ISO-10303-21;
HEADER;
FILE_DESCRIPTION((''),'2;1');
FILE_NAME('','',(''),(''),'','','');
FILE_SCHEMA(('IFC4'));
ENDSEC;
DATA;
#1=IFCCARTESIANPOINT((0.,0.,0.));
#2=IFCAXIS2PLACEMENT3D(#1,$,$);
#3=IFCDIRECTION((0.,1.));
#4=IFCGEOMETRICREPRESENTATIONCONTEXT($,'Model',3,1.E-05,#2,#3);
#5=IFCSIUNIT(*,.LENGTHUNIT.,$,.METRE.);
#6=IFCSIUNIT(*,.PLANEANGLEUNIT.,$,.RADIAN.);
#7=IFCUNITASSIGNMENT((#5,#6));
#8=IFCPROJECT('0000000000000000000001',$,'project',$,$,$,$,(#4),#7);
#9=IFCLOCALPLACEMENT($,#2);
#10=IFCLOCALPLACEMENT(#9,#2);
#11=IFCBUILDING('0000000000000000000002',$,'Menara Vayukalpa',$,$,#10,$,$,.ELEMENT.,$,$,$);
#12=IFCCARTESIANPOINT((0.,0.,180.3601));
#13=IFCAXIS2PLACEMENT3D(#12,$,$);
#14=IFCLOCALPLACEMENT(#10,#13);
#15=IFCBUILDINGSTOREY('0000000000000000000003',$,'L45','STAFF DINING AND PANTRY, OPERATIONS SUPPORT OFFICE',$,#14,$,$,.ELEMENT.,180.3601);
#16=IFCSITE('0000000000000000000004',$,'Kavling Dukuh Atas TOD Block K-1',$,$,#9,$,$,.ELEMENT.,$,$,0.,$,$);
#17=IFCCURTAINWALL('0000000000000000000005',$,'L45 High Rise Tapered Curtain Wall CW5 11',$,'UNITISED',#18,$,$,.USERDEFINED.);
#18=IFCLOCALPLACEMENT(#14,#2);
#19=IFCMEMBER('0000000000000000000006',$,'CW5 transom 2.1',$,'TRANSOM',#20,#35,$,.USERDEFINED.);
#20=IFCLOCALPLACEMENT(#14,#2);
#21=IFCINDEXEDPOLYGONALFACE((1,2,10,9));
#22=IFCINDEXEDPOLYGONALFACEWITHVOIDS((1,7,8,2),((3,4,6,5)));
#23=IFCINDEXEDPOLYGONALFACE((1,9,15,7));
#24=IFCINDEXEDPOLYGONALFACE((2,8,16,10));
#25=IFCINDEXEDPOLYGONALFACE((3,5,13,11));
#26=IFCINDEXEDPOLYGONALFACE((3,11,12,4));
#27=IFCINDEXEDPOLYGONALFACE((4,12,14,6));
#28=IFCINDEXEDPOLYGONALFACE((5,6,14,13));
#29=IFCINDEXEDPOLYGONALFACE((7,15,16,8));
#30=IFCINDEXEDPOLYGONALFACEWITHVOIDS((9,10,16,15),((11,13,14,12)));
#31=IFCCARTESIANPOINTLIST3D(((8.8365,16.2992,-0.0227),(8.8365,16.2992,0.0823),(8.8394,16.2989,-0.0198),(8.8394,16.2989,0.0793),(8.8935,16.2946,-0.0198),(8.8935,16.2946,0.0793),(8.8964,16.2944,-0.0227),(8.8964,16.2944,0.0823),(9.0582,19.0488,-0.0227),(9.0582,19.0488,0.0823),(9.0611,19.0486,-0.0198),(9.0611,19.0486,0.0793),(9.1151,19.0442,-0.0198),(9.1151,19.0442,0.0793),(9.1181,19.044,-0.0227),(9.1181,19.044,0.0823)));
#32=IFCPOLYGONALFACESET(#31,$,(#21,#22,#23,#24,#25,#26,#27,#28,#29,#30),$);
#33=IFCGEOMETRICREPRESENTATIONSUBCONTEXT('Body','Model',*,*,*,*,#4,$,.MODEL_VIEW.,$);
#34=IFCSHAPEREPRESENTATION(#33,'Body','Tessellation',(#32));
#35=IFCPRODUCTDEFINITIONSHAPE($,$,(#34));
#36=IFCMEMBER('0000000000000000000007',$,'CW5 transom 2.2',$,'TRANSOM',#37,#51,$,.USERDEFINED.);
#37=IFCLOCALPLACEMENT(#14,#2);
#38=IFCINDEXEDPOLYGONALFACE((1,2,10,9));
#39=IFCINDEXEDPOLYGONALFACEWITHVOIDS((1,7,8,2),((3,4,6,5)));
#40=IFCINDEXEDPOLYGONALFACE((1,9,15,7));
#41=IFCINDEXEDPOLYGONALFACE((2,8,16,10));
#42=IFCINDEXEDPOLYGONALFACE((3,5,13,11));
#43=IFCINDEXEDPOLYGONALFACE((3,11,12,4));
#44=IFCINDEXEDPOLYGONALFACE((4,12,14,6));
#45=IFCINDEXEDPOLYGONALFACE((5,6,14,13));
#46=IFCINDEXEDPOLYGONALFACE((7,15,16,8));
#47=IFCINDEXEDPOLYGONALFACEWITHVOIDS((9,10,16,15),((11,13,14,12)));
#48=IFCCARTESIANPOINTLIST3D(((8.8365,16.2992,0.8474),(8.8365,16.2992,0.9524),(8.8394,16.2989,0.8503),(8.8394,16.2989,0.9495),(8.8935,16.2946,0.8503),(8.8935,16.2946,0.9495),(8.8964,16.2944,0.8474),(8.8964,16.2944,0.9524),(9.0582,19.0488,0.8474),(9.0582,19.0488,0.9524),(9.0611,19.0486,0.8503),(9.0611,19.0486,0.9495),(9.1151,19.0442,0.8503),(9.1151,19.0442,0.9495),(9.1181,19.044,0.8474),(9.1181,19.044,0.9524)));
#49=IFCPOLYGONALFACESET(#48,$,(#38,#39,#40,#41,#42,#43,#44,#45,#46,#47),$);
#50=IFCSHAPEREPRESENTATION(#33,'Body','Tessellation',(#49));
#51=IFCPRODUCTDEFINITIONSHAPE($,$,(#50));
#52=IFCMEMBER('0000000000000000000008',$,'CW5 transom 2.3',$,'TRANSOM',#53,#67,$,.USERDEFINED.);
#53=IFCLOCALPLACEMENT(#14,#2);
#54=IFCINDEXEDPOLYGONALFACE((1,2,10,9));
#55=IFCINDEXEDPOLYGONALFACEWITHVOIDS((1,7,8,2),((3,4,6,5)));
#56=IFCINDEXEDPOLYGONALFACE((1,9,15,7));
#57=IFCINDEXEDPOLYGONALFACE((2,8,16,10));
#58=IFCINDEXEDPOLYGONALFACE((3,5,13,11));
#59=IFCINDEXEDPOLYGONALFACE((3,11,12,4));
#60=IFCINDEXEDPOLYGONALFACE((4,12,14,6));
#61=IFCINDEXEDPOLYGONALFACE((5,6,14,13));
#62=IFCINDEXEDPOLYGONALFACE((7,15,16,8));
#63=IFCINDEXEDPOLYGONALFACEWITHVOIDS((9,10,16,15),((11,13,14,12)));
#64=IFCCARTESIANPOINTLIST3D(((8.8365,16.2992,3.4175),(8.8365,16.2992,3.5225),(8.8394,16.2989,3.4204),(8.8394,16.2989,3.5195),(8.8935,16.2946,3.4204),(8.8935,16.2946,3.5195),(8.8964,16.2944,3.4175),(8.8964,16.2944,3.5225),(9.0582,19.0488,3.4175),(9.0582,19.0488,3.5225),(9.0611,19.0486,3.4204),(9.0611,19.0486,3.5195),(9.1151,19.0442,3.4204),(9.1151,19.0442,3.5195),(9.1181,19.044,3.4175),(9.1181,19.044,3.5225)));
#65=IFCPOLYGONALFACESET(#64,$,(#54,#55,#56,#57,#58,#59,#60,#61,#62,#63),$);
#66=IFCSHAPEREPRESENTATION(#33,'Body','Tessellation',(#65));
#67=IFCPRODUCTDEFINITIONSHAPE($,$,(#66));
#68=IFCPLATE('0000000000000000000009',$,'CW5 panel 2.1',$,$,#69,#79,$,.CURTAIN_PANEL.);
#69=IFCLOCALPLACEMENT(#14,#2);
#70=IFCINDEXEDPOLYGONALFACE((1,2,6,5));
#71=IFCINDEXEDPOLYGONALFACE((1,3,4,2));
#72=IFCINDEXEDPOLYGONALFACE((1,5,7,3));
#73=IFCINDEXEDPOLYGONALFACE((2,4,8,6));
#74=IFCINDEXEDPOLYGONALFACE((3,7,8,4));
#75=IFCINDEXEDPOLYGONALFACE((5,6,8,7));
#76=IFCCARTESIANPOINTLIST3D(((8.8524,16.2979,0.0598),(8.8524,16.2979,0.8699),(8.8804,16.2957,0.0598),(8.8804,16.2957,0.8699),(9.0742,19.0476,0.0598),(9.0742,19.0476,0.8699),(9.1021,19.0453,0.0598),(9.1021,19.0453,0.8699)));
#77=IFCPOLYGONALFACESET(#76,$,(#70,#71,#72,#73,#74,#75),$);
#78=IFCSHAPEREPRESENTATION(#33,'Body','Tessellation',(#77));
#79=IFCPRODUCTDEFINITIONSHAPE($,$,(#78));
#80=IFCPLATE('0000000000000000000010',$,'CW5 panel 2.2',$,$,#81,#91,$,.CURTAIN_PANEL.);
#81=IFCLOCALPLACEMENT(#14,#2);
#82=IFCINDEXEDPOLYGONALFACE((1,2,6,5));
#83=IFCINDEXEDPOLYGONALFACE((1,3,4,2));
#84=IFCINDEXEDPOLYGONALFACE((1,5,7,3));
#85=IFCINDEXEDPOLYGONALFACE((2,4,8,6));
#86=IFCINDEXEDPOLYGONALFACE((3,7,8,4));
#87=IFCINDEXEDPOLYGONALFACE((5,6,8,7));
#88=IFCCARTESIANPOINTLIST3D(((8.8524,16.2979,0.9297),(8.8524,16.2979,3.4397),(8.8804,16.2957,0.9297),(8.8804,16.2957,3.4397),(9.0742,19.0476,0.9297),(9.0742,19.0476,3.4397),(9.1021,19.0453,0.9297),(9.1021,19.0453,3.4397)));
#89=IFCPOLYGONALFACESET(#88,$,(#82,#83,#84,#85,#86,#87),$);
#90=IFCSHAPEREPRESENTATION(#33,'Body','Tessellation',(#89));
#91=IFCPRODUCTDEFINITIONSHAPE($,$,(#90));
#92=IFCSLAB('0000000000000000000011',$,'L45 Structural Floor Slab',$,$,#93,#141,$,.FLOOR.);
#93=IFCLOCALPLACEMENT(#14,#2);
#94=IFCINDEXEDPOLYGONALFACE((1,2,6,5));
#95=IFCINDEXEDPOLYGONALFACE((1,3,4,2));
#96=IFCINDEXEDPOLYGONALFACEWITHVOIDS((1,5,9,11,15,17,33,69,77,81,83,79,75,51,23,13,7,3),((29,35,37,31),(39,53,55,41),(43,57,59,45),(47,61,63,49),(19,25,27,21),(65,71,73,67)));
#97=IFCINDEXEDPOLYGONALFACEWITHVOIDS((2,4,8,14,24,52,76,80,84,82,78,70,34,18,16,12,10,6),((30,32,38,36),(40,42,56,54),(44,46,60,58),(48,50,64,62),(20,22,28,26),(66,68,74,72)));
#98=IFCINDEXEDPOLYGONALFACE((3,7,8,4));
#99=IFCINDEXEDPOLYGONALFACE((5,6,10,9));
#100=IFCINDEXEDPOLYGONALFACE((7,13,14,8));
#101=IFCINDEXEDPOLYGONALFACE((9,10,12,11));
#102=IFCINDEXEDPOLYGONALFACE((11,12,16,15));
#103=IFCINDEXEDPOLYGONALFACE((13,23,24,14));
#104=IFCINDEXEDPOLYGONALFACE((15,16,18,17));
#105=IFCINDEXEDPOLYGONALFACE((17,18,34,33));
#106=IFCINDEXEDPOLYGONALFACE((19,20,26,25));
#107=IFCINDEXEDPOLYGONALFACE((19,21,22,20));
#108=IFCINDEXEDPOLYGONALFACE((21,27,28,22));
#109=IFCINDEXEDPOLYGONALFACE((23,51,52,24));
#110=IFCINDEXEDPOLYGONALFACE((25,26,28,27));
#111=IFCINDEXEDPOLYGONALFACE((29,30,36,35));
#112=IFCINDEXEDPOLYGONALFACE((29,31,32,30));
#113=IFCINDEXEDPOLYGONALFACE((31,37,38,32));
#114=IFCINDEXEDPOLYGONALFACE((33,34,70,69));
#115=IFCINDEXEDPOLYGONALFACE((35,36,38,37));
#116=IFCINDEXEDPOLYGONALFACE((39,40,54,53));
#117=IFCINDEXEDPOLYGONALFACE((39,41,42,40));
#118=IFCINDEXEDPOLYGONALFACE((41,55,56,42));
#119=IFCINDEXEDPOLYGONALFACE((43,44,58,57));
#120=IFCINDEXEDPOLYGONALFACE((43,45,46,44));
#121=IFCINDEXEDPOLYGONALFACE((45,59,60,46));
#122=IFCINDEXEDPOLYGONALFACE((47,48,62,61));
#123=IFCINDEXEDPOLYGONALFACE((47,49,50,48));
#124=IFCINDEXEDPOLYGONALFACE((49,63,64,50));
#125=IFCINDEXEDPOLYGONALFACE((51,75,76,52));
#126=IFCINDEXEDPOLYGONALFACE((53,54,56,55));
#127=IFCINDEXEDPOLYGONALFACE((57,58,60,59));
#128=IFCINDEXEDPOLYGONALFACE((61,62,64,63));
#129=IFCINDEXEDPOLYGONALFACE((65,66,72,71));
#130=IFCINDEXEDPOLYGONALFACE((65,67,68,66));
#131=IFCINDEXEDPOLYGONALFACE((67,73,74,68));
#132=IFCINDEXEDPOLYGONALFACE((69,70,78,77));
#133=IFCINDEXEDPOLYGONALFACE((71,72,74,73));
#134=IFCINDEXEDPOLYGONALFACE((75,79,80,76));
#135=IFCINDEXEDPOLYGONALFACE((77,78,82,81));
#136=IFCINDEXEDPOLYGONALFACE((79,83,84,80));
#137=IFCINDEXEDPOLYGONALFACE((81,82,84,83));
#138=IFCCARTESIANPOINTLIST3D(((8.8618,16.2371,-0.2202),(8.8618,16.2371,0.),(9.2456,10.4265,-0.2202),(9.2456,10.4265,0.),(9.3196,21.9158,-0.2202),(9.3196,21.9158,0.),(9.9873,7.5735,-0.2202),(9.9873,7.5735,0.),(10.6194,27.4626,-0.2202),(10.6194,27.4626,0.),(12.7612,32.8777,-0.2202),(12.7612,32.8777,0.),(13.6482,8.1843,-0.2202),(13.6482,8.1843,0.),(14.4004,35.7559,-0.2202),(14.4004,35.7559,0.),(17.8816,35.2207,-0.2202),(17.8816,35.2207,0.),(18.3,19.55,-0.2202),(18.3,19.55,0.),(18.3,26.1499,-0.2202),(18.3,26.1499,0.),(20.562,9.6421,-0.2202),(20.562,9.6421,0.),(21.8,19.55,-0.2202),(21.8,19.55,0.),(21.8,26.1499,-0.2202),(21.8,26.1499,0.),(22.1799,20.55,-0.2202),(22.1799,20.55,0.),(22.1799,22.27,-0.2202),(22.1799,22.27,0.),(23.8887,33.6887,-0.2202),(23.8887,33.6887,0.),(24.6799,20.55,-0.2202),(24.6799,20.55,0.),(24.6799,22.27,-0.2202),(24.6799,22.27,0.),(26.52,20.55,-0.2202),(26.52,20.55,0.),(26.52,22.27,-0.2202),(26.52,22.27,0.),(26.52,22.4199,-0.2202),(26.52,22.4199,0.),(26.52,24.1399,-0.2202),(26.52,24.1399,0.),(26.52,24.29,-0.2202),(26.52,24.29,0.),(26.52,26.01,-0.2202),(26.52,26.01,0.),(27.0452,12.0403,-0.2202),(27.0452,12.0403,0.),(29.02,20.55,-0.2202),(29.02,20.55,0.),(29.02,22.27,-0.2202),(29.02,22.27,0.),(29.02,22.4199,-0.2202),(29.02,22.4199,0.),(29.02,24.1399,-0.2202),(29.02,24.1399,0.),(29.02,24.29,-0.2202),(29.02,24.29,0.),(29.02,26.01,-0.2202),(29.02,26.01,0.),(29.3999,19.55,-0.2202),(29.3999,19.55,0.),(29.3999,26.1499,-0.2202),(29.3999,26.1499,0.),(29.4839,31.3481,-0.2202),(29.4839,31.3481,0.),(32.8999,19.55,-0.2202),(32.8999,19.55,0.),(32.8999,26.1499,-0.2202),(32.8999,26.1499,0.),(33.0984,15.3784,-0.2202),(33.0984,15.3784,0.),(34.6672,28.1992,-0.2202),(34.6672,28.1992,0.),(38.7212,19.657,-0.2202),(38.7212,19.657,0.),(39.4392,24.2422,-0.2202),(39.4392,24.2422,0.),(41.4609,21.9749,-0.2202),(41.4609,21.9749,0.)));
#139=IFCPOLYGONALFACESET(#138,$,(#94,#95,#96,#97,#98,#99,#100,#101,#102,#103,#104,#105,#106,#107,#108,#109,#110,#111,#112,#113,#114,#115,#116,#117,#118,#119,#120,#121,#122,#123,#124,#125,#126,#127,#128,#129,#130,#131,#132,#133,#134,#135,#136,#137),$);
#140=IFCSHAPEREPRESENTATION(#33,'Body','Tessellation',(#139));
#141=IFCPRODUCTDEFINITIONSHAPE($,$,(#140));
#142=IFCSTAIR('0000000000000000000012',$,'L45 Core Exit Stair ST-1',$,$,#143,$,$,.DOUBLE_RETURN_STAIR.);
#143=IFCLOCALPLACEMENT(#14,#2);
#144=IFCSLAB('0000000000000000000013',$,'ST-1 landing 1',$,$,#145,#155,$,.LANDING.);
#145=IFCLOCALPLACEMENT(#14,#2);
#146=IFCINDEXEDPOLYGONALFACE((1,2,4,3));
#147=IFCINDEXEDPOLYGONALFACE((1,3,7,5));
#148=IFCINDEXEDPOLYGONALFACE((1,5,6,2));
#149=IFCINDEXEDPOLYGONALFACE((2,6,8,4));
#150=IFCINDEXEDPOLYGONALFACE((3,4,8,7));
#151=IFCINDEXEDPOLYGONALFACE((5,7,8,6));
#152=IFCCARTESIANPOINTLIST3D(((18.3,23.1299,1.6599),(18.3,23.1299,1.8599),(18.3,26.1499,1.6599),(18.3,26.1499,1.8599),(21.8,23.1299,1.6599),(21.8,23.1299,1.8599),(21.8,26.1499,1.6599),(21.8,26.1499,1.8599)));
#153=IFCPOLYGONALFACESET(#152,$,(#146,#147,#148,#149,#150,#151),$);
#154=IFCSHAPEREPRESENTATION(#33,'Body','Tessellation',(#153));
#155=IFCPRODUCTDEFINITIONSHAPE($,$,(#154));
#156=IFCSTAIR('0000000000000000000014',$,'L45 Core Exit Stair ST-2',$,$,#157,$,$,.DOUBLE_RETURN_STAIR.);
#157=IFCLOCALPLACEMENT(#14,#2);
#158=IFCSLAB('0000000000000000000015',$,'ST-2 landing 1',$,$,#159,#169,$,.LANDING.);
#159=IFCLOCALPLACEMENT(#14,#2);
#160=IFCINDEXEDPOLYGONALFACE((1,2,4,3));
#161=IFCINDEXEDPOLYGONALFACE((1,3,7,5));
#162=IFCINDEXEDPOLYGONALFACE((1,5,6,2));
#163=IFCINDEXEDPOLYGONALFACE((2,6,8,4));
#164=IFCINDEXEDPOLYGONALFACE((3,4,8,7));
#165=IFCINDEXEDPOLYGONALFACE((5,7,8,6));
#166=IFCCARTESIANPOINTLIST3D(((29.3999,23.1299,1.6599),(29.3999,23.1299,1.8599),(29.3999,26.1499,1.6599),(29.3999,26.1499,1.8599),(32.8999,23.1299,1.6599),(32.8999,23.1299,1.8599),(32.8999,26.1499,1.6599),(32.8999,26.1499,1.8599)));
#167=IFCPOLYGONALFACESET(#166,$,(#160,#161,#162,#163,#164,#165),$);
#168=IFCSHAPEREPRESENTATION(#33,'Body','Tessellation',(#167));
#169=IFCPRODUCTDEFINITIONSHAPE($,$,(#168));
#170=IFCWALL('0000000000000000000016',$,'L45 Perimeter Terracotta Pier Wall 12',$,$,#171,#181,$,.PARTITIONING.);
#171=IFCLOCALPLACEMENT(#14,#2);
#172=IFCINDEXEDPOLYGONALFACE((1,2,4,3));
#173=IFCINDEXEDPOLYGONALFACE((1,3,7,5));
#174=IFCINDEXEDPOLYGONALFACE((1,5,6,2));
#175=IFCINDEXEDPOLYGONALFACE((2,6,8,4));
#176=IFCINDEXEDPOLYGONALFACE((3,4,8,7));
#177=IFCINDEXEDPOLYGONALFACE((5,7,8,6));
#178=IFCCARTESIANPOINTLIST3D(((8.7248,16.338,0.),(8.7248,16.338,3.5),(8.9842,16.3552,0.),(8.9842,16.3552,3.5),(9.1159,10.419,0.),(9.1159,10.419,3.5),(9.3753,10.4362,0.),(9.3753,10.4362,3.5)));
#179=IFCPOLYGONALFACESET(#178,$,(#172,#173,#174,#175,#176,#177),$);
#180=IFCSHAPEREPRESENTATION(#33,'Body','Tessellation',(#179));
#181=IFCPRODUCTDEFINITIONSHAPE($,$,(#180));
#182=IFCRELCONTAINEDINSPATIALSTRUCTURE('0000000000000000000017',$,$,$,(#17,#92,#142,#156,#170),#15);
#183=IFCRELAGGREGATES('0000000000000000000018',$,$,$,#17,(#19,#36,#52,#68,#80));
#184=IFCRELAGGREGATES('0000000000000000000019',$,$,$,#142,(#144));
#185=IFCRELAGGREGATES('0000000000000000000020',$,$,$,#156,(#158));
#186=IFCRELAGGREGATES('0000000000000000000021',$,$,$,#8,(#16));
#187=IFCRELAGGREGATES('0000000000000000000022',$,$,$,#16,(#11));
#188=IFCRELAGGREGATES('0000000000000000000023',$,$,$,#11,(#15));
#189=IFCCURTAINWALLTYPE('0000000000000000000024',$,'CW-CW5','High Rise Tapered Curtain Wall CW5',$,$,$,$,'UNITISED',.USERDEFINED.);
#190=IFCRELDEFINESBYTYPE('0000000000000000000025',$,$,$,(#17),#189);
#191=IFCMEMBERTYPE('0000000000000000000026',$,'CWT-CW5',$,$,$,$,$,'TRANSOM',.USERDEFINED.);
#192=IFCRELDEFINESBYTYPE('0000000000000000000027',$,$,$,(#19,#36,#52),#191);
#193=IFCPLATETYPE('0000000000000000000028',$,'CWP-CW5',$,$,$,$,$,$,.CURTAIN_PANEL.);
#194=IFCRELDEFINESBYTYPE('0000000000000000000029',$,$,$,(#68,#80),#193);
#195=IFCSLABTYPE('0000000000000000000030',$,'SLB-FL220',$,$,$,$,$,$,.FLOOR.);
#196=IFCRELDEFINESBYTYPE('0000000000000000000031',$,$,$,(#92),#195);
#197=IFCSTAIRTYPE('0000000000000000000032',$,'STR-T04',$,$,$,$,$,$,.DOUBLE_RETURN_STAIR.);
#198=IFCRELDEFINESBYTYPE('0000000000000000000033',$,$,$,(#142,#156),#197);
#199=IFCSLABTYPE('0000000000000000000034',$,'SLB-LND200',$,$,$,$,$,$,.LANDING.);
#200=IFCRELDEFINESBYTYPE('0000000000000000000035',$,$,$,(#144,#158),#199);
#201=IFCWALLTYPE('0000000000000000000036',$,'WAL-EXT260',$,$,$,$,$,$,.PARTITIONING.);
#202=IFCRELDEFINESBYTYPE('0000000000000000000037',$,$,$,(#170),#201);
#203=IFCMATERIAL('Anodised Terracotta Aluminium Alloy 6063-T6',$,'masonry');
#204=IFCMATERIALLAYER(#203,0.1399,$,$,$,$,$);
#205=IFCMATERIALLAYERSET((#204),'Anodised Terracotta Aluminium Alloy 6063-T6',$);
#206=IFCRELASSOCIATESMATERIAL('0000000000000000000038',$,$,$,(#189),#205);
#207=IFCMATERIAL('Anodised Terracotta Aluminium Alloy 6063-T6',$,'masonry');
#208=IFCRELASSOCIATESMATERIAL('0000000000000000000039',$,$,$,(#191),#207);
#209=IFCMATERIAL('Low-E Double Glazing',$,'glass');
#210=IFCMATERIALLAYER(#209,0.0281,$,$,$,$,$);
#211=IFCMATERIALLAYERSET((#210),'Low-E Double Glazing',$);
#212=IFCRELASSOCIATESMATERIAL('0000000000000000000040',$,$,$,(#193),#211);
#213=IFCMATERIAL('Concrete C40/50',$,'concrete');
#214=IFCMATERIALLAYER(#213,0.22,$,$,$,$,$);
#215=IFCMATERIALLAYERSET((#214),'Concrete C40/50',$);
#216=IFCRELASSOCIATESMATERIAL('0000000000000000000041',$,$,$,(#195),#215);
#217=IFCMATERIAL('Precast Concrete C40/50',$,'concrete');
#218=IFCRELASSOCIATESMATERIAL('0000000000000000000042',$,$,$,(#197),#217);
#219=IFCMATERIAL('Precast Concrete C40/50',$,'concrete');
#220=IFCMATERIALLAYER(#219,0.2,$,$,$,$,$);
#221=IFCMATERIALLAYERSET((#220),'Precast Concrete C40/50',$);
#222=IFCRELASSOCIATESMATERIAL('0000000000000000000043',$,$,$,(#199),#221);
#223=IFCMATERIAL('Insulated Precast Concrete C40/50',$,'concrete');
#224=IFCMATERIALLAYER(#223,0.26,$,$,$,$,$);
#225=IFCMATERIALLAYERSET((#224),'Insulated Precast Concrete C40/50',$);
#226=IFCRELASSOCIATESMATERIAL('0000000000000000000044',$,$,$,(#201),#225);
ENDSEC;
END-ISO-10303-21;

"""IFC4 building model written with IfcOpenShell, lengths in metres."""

from ifc_helpers import new_model, si_unit, direction, frame, frame_2d, origin, origin_2d, place, context, subcontext, project, spatial, polyline, rectangle, hollow_rectangle, outline, extrude, material, layer, layer_set, material_profile, profile_set, type_object, element, aggregate, save


model = new_model("IFC4")

# Units and contexts
model_context = context("Model", 3, precision=1e-05, world=origin(), true_north=direction((0.0, 1.0)))
body_context = subcontext(model_context, "Body", "Model", "MODEL_VIEW")
ifc_project = project(units=[si_unit("LENGTHUNIT", "METRE"), si_unit("PLANEANGLEUNIT", "RADIAN")], contexts=[model_context])

# Site, building, storey
site_placement = place(None, origin())
site = spatial("IfcSite", under=ifc_project, at=site_placement, Name="Kavling Dukuh Atas TOD Block K-1", CompositionType="ELEMENT", RefElevation=0.0)
building_placement = place(site_placement, origin())
building = spatial("IfcBuilding", under=site, at=building_placement, Name="Menara Vayukalpa", CompositionType="ELEMENT")
storey_placement = place(building_placement, frame((0.0, 0.0, 180.3601)))
storey = spatial("IfcBuildingStorey", under=building, at=storey_placement, Name="L45", Description="STAFF DINING AND PANTRY, OPERATIONS SUPPORT OFFICE", CompositionType="ELEMENT", Elevation=180.3601)

# Curtain wall, members, plates
ifc_material_1 = material(Name="Anodised Terracotta Aluminium Alloy 6063-T6", Category="masonry")
ifc_layer_1 = layer(ifc_material_1, 0.1399)
ifc_layer_set_1 = layer_set([ifc_layer_1], Name="Anodised Terracotta Aluminium Alloy 6063-T6")
curtain_wall_type = type_object("IfcCurtainWallType", Name="CW-CW5", Description="High Rise Tapered Curtain Wall CW5", ElementType="UNITISED", PredefinedType="USERDEFINED", material=ifc_layer_set_1)
curtain_wall_placement = place(storey_placement, origin())
curtain_wall = element("IfcCurtainWall", 1, at=curtain_wall_placement, inside=storey, type_object=curtain_wall_type, Name="L45 High Rise Tapered Curtain Wall CW5 11", ObjectType="UNITISED", PredefinedType="USERDEFINED")
ifc_material_2 = material(Name="Anodised Terracotta Aluminium Alloy 6063-T6", Category="masonry")
ifc_material_profile_1 = material_profile(ifc_material_2, hollow_rectangle(XDim=0.0601, YDim=0.105, WallThickness=0.0029, at=origin_2d()), Name="ALU 60x105x3")
ifc_profile_set_1 = profile_set([ifc_material_profile_1], Name="Anodised Terracotta Aluminium Alloy 6063-T6")
member_type_1 = type_object("IfcMemberType", Name="CWT-CW5", ElementType="TRANSOM", PredefinedType="USERDEFINED", material=ifc_profile_set_1)
member_1_placement = place(storey_placement, frame((9.0881, 19.0464, 0.0298), z_axis=(-0.080364, -0.996766, 0.0), x_axis=(0.996766, -0.080364, 0.0)))
member_1 = element("IfcMember", 2, at=member_1_placement, type_object=member_type_1, Name="CW5 transom 2.1", ObjectType="TRANSOM", PredefinedType="USERDEFINED", context=body_context, shape_type="SweptSolid", body=[
    extrude(hollow_rectangle(XDim=0.0601, YDim=0.105, WallThickness=0.0029, at=origin_2d()), origin(), (0.0, 0.0, 1.0), 2.7585),
])
member_2_placement = place(storey_placement, frame((9.0881, 19.0464, 0.8999), z_axis=(-0.080364, -0.996766, 0.0), x_axis=(0.996766, -0.080364, 0.0)))
member_2 = element("IfcMember", 3, at=member_2_placement, type_object=member_type_1, Name="CW5 transom 2.2", ObjectType="TRANSOM", PredefinedType="USERDEFINED", context=body_context, shape_type="SweptSolid", body=[
    extrude(hollow_rectangle(XDim=0.0601, YDim=0.105, WallThickness=0.0029, at=origin_2d()), origin(), (0.0, 0.0, 1.0), 2.7585),
])
member_3_placement = place(storey_placement, frame((9.0881, 19.0464, 3.47), z_axis=(-0.080364, -0.996766, 0.0), x_axis=(0.996766, -0.080364, 0.0)))
member_3 = element("IfcMember", 4, at=member_3_placement, type_object=member_type_1, Name="CW5 transom 2.3", ObjectType="TRANSOM", PredefinedType="USERDEFINED", context=body_context, shape_type="SweptSolid", body=[
    extrude(hollow_rectangle(XDim=0.0601, YDim=0.105, WallThickness=0.0029, at=origin_2d()), origin(), (0.0, 0.0, 1.0), 2.7585),
])
ifc_material_3 = material(Name="Low-E Double Glazing", Category="glass")
ifc_layer_2 = layer(ifc_material_3, 0.0281)
ifc_layer_set_2 = layer_set([ifc_layer_2], Name="Low-E Double Glazing")
plate_type = type_object("IfcPlateType", Name="CWP-CW5", PredefinedType="CURTAIN_PANEL", material=ifc_layer_set_2)
plate_1_placement = place(storey_placement, frame((8.9773, 17.6716, 0.0598), z_axis=(0.0, 0.0, 1.0), x_axis=(-0.080374, -0.996765, 0.0)))
plate_1 = element("IfcPlate", 5, at=plate_1_placement, type_object=plate_type, Name="CW5 panel 2.1", PredefinedType="CURTAIN_PANEL", context=body_context, shape_type="SweptSolid", body=[
    extrude(rectangle(XDim=2.7585, YDim=0.0281, at=origin_2d()), origin(), (0.0, 0.0, 1.0), 0.8101),
])
plate_2_placement = place(storey_placement, frame((8.9773, 17.6716, 0.9297), z_axis=(0.0, 0.0, 1.0), x_axis=(-0.080374, -0.996765, 0.0)))
plate_2 = element("IfcPlate", 6, at=plate_2_placement, type_object=plate_type, Name="CW5 panel 2.2", PredefinedType="CURTAIN_PANEL", context=body_context, shape_type="SweptSolid", body=[
    extrude(rectangle(XDim=2.7585, YDim=0.0281, at=origin_2d()), origin(), (0.0, 0.0, 1.0), 2.51),
])
aggregate(curtain_wall, [member_1, member_2, member_3, plate_1, plate_2])

# Slab
ifc_material_4 = material(Name="Concrete C40/50", Category="concrete")
ifc_layer_3 = layer(ifc_material_4, 0.22)
ifc_layer_set_3 = layer_set([ifc_layer_3], Name="Concrete C40/50")
slab_type_1 = type_object("IfcSlabType", Name="SLB-FL220", PredefinedType="FLOOR", material=ifc_layer_set_3)
slab_1_placement = place(storey_placement, frame((0.0, 0.0, -0.2202)))
element("IfcSlab", 7, at=slab_1_placement, inside=storey, type_object=slab_type_1, Name="L45 Structural Floor Slab", PredefinedType="FLOOR", context=body_context, shape_type="SweptSolid", body=[
    extrude(outline(polyline([(38.7212, 19.657), (41.4609, 21.9749), (39.4392, 24.2422), (34.6672, 28.1992), (29.4839, 31.3481), (23.8887, 33.6887), (17.8816, 35.2207), (14.4004, 35.7559), (12.7612, 32.8777), (10.6194, 27.4626), (9.3196, 21.9158), (8.8618, 16.2371), (9.2456, 10.4265), (9.9873, 7.5735), (13.6482, 8.1843), (20.562, 9.6421), (27.0452, 12.0403), (33.0984, 15.3784), (38.7212, 19.657)]), holes=[polyline([(21.8, 19.55), (21.8, 26.1499), (18.3, 26.1499), (18.3, 19.55), (21.8, 19.55)]), polyline([(32.8999, 19.55), (32.8999, 26.1499), (29.3999, 26.1499), (29.3999, 19.55), (32.8999, 19.55)]), polyline([(22.1799, 20.55), (24.6799, 20.55), (24.6799, 22.27), (22.1799, 22.27), (22.1799, 20.55)]), polyline([(26.52, 20.55), (29.02, 20.55), (29.02, 22.27), (26.52, 22.27), (26.52, 20.55)]), polyline([(26.52, 24.29), (29.02, 24.29), (29.02, 26.01), (26.52, 26.01), (26.52, 24.29)]), polyline([(26.52, 22.4199), (29.02, 22.4199), (29.02, 24.1399), (26.52, 24.1399), (26.52, 22.4199)])]), origin(), (0.0, 0.0, 1.0), 0.2202),
])

# Stairs, slabs
ifc_material_5 = material(Name="Precast Concrete C40/50", Category="concrete")
stair_type = type_object("IfcStairType", Name="STR-T04", PredefinedType="DOUBLE_RETURN_STAIR", material=ifc_material_5)
stair_1_placement = place(storey_placement, origin())
stair_1 = element("IfcStair", 8, at=stair_1_placement, inside=storey, type_object=stair_type, Name="L45 Core Exit Stair ST-1", PredefinedType="DOUBLE_RETURN_STAIR")
ifc_material_6 = material(Name="Precast Concrete C40/50", Category="concrete")
ifc_layer_4 = layer(ifc_material_6, 0.2)
ifc_layer_set_4 = layer_set([ifc_layer_4], Name="Precast Concrete C40/50")
slab_type_2 = type_object("IfcSlabType", Name="SLB-LND200", PredefinedType="LANDING", material=ifc_layer_set_4)
slab_2_placement = place(storey_placement, frame((0.0, 0.0, 1.6599)))
slab_2 = element("IfcSlab", 9, at=slab_2_placement, type_object=slab_type_2, Name="ST-1 landing 1", PredefinedType="LANDING", context=body_context, shape_type="SweptSolid", body=[
    extrude(outline(polyline([(21.8, 23.1299), (21.8, 26.1499), (18.3, 26.1499), (18.3, 23.1299), (21.8, 23.1299)])), origin(), (0.0, 0.0, 1.0), 0.2),
])
aggregate(stair_1, [slab_2])
stair_2_placement = place(storey_placement, origin())
stair_2 = element("IfcStair", 10, at=stair_2_placement, inside=storey, type_object=stair_type, Name="L45 Core Exit Stair ST-2", PredefinedType="DOUBLE_RETURN_STAIR")
slab_3_placement = place(storey_placement, frame((0.0, 0.0, 1.6599)))
slab_3 = element("IfcSlab", 11, at=slab_3_placement, type_object=slab_type_2, Name="ST-2 landing 1", PredefinedType="LANDING", context=body_context, shape_type="SweptSolid", body=[
    extrude(outline(polyline([(32.8999, 23.1299), (32.8999, 26.1499), (29.3999, 26.1499), (29.3999, 23.1299), (32.8999, 23.1299)])), origin(), (0.0, 0.0, 1.0), 0.2),
])
aggregate(stair_2, [slab_3])

# Wall
ifc_material_7 = material(Name="Insulated Precast Concrete C40/50", Category="concrete")
ifc_layer_5 = layer(ifc_material_7, 0.26)
ifc_layer_set_5 = layer_set([ifc_layer_5], Name="Insulated Precast Concrete C40/50")
wall_type = type_object("IfcWallType", Name="WAL-EXT260", PredefinedType="PARTITIONING", material=ifc_layer_set_5)
wall_1_placement = place(storey_placement, frame((9.2456, 10.4277, 0.0), z_axis=(0.0, 0.0, 1.0), x_axis=(-0.065934, 0.997824, 0.0)))
element("IfcWall", 12, at=wall_1_placement, inside=storey, type_object=wall_type, Name="L45 Perimeter Terracotta Pier Wall 12", PredefinedType="PARTITIONING", context=body_context, shape_type="SweptSolid", body=[
    extrude(rectangle(XDim=5.9319, YDim=0.26, at=frame_2d((2.9658, 0.0))), origin(), (0.0, 0.0, 1.0), 3.5),
])

save(model, "model.ifc")
